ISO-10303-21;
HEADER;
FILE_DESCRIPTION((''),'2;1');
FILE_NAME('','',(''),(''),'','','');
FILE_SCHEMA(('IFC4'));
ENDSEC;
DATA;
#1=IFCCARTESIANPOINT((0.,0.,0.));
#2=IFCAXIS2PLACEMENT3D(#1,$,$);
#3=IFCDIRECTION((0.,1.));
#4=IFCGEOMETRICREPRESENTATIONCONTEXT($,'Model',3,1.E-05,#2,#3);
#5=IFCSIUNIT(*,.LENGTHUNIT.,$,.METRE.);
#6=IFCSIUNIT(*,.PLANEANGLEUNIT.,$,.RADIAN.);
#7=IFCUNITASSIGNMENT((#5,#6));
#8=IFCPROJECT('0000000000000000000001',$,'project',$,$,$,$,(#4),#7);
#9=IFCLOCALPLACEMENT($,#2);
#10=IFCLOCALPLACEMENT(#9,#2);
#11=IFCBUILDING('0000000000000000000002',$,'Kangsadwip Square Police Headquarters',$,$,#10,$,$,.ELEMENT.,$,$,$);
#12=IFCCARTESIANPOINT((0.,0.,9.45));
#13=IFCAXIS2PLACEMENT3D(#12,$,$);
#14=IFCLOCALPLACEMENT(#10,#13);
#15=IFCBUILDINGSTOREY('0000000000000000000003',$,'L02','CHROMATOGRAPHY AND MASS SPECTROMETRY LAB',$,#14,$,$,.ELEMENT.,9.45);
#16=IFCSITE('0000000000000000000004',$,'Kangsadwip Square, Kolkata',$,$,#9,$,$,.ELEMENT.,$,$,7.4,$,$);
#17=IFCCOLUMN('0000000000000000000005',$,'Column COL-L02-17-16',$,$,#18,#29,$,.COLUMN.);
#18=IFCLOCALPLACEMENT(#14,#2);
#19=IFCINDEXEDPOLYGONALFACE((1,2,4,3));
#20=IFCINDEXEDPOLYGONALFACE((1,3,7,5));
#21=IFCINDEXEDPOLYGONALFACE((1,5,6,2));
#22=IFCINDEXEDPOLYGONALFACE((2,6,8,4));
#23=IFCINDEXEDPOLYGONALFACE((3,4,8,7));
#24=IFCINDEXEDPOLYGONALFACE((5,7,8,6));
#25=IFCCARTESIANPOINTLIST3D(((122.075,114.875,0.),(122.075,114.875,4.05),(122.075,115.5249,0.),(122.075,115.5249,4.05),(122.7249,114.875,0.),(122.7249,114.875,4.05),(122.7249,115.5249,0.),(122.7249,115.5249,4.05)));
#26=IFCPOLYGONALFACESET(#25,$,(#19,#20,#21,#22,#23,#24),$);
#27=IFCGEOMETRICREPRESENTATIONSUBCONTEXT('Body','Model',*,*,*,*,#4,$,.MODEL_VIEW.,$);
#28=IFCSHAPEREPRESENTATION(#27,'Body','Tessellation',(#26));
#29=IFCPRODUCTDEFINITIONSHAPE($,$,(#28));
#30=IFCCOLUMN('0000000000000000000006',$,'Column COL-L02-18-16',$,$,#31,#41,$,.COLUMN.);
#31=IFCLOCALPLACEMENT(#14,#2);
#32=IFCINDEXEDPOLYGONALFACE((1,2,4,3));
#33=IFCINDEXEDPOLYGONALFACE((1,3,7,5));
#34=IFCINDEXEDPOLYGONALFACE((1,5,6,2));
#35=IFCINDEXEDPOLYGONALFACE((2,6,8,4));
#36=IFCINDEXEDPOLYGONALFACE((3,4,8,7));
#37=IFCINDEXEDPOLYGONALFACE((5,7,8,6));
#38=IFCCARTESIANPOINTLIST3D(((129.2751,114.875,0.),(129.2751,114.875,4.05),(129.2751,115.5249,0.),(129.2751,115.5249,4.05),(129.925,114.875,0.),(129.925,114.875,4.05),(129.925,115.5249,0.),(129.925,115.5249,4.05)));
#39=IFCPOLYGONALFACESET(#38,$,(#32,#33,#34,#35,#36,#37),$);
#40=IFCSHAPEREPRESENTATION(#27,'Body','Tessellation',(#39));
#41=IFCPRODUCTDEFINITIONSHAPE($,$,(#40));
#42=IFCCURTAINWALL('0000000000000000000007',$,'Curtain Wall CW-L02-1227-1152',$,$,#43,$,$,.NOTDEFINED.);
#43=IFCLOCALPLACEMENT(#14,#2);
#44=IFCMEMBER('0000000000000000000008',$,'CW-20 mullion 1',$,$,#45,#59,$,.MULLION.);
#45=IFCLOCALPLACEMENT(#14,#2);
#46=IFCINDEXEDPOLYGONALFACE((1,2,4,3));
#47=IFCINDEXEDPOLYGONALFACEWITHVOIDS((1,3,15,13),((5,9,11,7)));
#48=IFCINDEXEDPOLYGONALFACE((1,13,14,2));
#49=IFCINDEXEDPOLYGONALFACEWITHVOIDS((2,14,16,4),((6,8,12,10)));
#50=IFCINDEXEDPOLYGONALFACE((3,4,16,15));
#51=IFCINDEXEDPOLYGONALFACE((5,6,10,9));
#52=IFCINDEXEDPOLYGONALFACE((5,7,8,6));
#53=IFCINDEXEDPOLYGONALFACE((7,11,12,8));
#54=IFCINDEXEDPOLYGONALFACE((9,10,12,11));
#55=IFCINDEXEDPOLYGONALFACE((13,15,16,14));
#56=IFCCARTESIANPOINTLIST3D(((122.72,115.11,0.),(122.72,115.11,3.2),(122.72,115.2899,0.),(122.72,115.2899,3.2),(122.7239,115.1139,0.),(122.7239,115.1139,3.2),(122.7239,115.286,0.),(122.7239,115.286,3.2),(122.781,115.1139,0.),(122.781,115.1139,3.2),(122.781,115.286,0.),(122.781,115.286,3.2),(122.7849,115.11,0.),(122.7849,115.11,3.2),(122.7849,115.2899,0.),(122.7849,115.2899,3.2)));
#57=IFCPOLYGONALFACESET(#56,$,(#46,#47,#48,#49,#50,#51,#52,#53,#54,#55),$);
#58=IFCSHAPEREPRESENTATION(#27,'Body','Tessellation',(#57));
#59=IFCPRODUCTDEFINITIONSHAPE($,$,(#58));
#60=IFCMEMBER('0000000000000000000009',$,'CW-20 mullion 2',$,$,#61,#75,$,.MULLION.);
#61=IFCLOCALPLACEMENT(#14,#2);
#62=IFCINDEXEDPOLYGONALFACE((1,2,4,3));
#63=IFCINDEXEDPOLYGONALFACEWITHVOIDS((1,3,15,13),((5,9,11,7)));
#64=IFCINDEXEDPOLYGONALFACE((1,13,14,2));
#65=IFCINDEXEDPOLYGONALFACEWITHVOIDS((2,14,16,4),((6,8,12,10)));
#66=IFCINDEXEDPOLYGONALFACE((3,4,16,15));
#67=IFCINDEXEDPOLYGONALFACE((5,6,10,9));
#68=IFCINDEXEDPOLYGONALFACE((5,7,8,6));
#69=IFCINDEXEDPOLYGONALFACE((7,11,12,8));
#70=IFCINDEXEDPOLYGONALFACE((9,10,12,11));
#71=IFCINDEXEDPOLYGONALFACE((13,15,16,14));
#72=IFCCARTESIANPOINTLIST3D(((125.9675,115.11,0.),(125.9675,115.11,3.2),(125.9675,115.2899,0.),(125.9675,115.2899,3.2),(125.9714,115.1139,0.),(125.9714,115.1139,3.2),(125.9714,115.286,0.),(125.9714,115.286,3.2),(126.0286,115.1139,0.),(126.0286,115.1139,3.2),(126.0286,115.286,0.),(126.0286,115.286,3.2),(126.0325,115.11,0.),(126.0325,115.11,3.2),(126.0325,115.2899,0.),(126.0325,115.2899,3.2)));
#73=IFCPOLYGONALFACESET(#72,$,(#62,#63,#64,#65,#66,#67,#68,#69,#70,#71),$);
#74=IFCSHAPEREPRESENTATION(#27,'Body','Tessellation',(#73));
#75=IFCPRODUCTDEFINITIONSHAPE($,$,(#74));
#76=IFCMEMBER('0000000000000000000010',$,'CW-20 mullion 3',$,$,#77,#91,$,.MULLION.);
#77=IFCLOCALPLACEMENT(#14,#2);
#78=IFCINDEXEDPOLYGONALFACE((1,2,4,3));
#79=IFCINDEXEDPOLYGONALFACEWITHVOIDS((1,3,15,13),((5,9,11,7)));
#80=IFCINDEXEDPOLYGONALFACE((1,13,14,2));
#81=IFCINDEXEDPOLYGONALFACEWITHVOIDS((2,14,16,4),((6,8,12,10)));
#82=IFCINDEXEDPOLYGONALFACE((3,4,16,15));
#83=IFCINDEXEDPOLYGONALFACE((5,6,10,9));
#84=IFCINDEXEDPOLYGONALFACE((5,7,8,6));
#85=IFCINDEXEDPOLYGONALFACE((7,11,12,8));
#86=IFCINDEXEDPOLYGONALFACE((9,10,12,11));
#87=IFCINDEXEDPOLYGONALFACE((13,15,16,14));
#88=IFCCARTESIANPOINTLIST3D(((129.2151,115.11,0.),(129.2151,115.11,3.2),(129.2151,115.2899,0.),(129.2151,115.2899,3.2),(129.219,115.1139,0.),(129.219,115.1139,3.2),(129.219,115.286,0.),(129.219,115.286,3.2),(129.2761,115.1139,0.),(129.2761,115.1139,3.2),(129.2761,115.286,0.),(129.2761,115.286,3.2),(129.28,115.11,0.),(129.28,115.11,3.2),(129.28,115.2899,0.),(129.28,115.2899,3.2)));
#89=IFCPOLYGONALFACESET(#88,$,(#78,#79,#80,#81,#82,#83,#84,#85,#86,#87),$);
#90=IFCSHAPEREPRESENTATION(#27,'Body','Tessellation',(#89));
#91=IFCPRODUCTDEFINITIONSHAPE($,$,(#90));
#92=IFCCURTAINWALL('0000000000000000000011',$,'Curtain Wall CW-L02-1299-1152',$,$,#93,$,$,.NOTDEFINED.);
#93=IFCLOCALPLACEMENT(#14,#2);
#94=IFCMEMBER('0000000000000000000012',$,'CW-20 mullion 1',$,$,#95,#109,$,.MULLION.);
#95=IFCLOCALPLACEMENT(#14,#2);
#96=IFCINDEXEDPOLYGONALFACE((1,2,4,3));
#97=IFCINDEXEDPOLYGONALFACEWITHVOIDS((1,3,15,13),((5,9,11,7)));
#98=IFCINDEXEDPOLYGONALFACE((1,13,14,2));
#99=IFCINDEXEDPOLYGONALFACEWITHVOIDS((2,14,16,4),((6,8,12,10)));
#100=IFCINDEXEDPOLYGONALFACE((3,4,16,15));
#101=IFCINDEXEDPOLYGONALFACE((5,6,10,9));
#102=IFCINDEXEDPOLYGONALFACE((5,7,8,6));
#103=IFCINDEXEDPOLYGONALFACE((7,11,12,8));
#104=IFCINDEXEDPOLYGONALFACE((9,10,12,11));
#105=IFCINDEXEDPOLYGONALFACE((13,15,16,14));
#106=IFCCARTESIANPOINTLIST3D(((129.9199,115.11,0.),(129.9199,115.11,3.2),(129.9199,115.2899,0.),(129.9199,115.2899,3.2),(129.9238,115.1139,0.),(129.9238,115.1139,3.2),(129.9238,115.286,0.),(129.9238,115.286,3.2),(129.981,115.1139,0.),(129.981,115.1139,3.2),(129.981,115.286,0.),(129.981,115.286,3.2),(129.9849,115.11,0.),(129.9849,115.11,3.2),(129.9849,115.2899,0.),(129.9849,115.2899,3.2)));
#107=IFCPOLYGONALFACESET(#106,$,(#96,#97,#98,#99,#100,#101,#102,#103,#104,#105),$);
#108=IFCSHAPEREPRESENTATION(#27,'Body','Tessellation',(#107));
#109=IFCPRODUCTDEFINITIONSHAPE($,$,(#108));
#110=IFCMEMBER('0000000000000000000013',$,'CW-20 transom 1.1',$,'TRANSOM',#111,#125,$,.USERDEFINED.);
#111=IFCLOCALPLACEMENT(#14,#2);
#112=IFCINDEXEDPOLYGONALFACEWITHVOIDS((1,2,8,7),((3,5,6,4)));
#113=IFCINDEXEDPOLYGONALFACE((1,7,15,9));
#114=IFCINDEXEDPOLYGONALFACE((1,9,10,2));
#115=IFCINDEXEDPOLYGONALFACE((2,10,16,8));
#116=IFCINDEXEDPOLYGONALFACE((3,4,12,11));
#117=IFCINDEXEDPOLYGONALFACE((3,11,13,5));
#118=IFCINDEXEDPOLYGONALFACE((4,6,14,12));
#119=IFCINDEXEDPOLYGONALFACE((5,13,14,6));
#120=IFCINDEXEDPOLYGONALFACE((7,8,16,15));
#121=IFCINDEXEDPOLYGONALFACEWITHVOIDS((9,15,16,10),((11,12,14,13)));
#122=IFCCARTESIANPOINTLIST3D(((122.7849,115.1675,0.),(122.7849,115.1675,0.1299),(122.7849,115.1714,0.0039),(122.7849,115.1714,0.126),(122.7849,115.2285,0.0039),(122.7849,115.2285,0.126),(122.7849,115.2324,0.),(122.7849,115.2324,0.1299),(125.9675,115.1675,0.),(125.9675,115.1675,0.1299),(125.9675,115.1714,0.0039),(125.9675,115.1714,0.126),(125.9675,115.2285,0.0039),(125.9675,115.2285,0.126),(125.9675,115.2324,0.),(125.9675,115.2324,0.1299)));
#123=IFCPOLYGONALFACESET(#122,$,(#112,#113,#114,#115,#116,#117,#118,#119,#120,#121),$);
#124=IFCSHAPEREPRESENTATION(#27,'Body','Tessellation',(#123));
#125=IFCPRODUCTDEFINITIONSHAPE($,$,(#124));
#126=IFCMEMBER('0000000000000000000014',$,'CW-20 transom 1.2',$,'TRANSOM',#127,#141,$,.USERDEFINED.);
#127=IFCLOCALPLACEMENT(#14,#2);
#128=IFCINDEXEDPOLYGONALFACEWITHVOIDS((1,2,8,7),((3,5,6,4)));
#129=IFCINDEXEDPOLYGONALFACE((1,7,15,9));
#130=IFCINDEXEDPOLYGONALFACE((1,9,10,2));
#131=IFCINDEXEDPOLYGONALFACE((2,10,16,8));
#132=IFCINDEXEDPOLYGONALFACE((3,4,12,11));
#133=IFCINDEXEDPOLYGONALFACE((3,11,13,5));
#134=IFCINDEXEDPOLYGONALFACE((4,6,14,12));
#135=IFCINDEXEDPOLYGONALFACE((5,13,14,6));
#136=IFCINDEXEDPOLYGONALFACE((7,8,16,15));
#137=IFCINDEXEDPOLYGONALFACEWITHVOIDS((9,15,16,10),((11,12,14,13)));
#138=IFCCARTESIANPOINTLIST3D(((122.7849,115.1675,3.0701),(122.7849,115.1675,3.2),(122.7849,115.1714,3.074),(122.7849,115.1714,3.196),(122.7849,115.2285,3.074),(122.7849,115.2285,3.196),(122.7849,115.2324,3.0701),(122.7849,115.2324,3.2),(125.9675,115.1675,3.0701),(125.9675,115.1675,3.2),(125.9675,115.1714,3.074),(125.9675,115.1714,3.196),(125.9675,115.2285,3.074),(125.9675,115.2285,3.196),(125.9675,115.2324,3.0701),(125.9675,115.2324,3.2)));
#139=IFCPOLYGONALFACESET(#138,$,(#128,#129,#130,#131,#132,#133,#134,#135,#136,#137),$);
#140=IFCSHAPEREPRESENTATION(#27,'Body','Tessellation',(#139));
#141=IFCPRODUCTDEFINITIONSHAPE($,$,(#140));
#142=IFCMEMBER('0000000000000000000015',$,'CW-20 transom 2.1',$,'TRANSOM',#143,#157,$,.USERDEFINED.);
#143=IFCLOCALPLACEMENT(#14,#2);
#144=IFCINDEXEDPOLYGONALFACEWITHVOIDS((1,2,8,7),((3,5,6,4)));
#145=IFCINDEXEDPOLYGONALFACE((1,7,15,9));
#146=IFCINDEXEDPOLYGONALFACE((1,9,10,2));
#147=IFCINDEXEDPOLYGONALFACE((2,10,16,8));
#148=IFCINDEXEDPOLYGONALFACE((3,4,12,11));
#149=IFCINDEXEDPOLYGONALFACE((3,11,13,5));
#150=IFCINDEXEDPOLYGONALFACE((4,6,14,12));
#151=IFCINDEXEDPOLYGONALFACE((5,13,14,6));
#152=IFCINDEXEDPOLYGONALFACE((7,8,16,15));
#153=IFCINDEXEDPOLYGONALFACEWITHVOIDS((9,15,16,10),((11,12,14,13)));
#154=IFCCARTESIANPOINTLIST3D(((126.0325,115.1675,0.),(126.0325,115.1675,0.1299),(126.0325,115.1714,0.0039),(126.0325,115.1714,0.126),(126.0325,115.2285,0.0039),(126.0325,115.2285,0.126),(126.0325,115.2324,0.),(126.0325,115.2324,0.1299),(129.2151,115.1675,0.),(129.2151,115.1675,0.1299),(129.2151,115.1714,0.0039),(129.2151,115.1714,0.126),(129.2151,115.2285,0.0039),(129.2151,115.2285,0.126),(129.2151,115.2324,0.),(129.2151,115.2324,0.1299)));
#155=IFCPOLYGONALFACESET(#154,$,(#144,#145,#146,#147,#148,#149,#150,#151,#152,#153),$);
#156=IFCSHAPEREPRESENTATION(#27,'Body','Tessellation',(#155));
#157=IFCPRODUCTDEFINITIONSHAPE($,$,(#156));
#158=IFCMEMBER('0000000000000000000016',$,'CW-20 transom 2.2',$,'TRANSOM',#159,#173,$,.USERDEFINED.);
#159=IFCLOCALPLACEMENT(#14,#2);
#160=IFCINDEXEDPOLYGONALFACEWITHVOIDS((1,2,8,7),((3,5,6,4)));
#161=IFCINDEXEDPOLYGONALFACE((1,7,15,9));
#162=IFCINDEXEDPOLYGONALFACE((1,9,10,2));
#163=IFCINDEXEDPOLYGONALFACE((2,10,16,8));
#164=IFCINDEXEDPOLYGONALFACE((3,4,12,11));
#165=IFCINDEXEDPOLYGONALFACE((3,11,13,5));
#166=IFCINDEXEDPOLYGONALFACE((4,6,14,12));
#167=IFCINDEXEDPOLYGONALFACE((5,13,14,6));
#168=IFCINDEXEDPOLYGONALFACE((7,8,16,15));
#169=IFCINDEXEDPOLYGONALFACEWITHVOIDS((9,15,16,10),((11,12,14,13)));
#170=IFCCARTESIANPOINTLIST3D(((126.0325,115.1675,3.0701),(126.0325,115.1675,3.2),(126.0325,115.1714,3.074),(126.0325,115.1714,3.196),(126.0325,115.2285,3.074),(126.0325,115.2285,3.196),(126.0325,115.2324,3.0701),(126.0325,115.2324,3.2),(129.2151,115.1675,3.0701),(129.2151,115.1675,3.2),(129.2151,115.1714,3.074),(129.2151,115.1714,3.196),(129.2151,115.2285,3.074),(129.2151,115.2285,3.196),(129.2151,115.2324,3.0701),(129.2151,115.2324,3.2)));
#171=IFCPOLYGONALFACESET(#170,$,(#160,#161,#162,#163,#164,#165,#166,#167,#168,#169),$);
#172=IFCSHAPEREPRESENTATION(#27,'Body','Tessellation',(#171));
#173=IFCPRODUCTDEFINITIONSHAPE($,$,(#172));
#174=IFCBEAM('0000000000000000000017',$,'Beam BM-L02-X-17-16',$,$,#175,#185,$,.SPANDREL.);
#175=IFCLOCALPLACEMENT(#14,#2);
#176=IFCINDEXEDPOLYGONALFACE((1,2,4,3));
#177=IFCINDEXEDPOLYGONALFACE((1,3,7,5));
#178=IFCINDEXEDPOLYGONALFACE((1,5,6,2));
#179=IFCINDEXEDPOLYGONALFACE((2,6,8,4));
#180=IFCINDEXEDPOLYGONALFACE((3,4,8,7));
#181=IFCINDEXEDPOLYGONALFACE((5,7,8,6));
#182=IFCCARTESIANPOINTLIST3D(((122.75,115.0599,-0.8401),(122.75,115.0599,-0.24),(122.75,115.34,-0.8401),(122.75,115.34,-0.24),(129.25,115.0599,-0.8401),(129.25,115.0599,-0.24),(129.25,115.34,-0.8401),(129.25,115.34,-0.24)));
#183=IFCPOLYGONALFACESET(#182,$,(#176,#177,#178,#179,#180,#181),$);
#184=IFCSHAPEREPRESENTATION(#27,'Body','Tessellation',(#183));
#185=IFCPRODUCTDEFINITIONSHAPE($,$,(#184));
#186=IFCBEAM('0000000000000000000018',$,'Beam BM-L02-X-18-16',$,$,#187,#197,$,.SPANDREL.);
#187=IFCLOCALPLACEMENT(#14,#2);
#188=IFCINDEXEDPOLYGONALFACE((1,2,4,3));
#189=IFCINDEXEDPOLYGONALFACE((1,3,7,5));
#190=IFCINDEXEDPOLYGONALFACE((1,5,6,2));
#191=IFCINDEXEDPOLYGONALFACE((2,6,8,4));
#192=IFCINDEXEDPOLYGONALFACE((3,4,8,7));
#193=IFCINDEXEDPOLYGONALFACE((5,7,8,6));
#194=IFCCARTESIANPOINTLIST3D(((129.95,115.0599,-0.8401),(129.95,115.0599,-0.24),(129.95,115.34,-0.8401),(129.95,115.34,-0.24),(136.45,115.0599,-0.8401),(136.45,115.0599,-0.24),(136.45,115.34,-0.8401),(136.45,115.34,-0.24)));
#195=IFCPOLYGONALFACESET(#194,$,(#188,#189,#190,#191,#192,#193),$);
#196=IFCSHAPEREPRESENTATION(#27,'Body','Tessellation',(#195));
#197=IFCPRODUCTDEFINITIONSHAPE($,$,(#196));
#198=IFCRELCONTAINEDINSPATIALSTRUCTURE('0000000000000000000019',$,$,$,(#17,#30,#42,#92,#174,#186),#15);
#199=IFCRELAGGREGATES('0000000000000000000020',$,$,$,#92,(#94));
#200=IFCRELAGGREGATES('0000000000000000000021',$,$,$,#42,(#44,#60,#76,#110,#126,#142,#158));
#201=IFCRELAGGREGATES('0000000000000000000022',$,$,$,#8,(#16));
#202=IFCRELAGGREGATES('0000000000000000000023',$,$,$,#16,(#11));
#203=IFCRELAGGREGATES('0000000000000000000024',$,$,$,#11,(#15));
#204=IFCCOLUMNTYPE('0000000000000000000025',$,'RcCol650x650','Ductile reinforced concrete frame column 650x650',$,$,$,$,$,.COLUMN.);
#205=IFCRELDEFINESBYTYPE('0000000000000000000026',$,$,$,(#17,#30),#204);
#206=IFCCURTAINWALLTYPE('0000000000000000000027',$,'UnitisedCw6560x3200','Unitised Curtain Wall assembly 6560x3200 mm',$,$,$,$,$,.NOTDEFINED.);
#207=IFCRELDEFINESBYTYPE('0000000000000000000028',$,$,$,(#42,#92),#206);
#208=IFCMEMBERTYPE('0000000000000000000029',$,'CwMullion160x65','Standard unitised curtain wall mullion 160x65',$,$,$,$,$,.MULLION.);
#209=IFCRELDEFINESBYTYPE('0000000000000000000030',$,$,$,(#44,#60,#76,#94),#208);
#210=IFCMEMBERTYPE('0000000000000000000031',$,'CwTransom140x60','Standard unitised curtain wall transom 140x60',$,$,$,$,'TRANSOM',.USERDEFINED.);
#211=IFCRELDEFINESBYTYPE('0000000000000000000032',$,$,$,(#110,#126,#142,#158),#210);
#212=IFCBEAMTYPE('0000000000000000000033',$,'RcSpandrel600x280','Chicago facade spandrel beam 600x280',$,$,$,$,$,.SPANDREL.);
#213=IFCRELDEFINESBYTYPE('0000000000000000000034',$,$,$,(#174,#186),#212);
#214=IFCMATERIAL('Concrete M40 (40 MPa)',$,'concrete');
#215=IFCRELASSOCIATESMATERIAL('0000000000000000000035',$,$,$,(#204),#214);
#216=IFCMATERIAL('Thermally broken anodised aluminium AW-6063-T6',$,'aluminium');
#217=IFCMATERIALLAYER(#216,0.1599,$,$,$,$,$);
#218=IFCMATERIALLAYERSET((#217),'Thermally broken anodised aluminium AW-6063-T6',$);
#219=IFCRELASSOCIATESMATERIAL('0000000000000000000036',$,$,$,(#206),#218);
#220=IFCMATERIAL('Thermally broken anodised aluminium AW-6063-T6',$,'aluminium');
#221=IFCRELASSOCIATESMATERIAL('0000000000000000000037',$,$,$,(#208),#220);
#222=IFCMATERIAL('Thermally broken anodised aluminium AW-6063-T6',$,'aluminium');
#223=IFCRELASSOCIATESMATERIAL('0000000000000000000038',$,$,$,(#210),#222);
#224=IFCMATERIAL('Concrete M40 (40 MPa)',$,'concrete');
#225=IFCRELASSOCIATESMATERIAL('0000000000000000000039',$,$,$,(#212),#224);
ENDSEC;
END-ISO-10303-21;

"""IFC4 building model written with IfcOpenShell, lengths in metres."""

from ifc_helpers import new_model, si_unit, direction, frame, origin, origin_2d, place, context, subcontext, project, spatial, rectangle, hollow_rectangle, extrude, material, layer, layer_set, material_profile, profile_set, type_object, element, aggregate, save


model = new_model("IFC4")

# Units and contexts
model_context = context("Model", 3, precision=1e-05, world=origin(), true_north=direction((0.0, 1.0)))
body_context = subcontext(model_context, "Body", "Model", "MODEL_VIEW")
ifc_project = project(units=[si_unit("LENGTHUNIT", "METRE"), si_unit("PLANEANGLEUNIT", "RADIAN")], contexts=[model_context])

# Site, building, storey
site_placement = place(None, origin())
site = spatial("IfcSite", under=ifc_project, at=site_placement, Name="Kangsadwip Square, Kolkata", CompositionType="ELEMENT", RefElevation=7.4)
building_placement = place(site_placement, origin())
building = spatial("IfcBuilding", under=site, at=building_placement, Name="Kangsadwip Square Police Headquarters", CompositionType="ELEMENT")
storey_placement = place(building_placement, frame((0.0, 0.0, 9.45)))
storey = spatial("IfcBuildingStorey", under=building, at=storey_placement, Name="L02", Description="CHROMATOGRAPHY AND MASS SPECTROMETRY LAB", CompositionType="ELEMENT", Elevation=9.45)

# Columns
ifc_material_1 = material(Name="Concrete M40 (40 MPa)", Category="concrete")
ifc_material_profile_1 = material_profile(ifc_material_1, rectangle(XDim=0.6499, YDim=0.6499, at=origin_2d()), Name="RC COL 650X650")
ifc_profile_set_1 = profile_set([ifc_material_profile_1], Name="Concrete M40 (40 MPa)")
column_type = type_object("IfcColumnType", Name="RcCol650x650", Description="Ductile reinforced concrete frame column 650x650", PredefinedType="COLUMN", material=ifc_profile_set_1)
for number, where, z_axis, x_axis, name in (
    (1, (122.3999, 115.2, 0.0), (0.0, 0.0, 1.0), (1.0, 0.0, 0.0), "Column COL-L02-17-16"),
    (2, (129.6001, 115.2, 0.0), (0.0, 0.0, 1.0), (1.0, 0.0, 0.0), "Column COL-L02-18-16"),
):
    element("IfcColumn", number, at=place(storey_placement, frame(where, z_axis=z_axis, x_axis=x_axis)), inside=storey, type_object=column_type, Name=name, PredefinedType="COLUMN", context=body_context, shape_type="SweptSolid", body=[
        extrude(rectangle(XDim=0.6499, YDim=0.6499, at=origin_2d()), origin(), (0.0, 0.0, 1.0), 4.05),
    ])

# Curtain wall, members
ifc_material_2 = material(Name="Thermally broken anodised aluminium AW-6063-T6", Category="aluminium")
ifc_layer_1 = layer(ifc_material_2, 0.1599)
ifc_layer_set_1 = layer_set([ifc_layer_1], Name="Thermally broken anodised aluminium AW-6063-T6")
curtain_wall_type = type_object("IfcCurtainWallType", Name="UnitisedCw6560x3200", Description="Unitised Curtain Wall assembly 6560x3200 mm", PredefinedType="NOTDEFINED", material=ifc_layer_set_1)
curtain_wall_1_placement = place(storey_placement, origin())
curtain_wall_1 = element("IfcCurtainWall", 3, at=curtain_wall_1_placement, inside=storey, type_object=curtain_wall_type, Name="Curtain Wall CW-L02-1227-1152", PredefinedType="NOTDEFINED")
ifc_material_3 = material(Name="Thermally broken anodised aluminium AW-6063-T6", Category="aluminium")
ifc_material_profile_2 = material_profile(ifc_material_3, hollow_rectangle(XDim=0.0649, YDim=0.1799, WallThickness=0.0039, at=origin_2d()), Name="CWM 180X65X4")
ifc_profile_set_2 = profile_set([ifc_material_profile_2], Name="Thermally broken anodised aluminium AW-6063-T6")
member_type_1 = type_object("IfcMemberType", Name="CwMullion160x65", Description="Standard unitised curtain wall mullion 160x65", PredefinedType="MULLION", material=ifc_profile_set_2)
member_1_placement = place(storey_placement, frame((122.7524, 115.2, 0.0), z_axis=(0.0, 0.0, 1.0), x_axis=(1.0, 0.0, 0.0)))
member_1 = element("IfcMember", 4, at=member_1_placement, type_object=member_type_1, Name="CW-20 mullion 1", PredefinedType="MULLION", context=body_context, shape_type="SweptSolid", body=[
    extrude(hollow_rectangle(XDim=0.0649, YDim=0.1799, WallThickness=0.0039, at=origin_2d()), origin(), (0.0, 0.0, 1.0), 3.2),
])
member_2_placement = place(storey_placement, frame((126.0, 115.2, 0.0), z_axis=(0.0, 0.0, 1.0), x_axis=(1.0, 0.0, 0.0)))
member_2 = element("IfcMember", 5, at=member_2_placement, type_object=member_type_1, Name="CW-20 mullion 2", PredefinedType="MULLION", context=body_context, shape_type="SweptSolid", body=[
    extrude(hollow_rectangle(XDim=0.0649, YDim=0.1799, WallThickness=0.0039, at=origin_2d()), origin(), (0.0, 0.0, 1.0), 3.2),
])
member_3_placement = place(storey_placement, frame((129.2476, 115.2, 0.0), z_axis=(0.0, 0.0, 1.0), x_axis=(1.0, 0.0, 0.0)))
member_3 = element("IfcMember", 6, at=member_3_placement, type_object=member_type_1, Name="CW-20 mullion 3", PredefinedType="MULLION", context=body_context, shape_type="SweptSolid", body=[
    extrude(hollow_rectangle(XDim=0.0649, YDim=0.1799, WallThickness=0.0039, at=origin_2d()), origin(), (0.0, 0.0, 1.0), 3.2),
])

# Curtain wall, member
curtain_wall_2_placement = place(storey_placement, origin())
curtain_wall_2 = element("IfcCurtainWall", 7, at=curtain_wall_2_placement, inside=storey, type_object=curtain_wall_type, Name="Curtain Wall CW-L02-1299-1152", PredefinedType="NOTDEFINED")
member_4_placement = place(storey_placement, frame((129.9524, 115.2, 0.0), z_axis=(0.0, 0.0, 1.0), x_axis=(1.0, 0.0, 0.0)))
member_4 = element("IfcMember", 8, at=member_4_placement, type_object=member_type_1, Name="CW-20 mullion 1", PredefinedType="MULLION", context=body_context, shape_type="SweptSolid", body=[
    extrude(hollow_rectangle(XDim=0.0649, YDim=0.1799, WallThickness=0.0039, at=origin_2d()), origin(), (0.0, 0.0, 1.0), 3.2),
])
aggregate(curtain_wall_2, [member_4])

# Members
ifc_material_4 = material(Name="Thermally broken anodised aluminium AW-6063-T6", Category="aluminium")
ifc_material_profile_3 = material_profile(ifc_material_4, hollow_rectangle(XDim=0.0649, YDim=0.1299, WallThickness=0.0039, at=origin_2d()), Name="CWT 130X65X4")
ifc_profile_set_3 = profile_set([ifc_material_profile_3], Name="Thermally broken anodised aluminium AW-6063-T6")
member_type_2 = type_object("IfcMemberType", Name="CwTransom140x60", Description="Standard unitised curtain wall transom 140x60", ElementType="TRANSOM", PredefinedType="USERDEFINED", material=ifc_profile_set_3)
member_5_placement = place(storey_placement, frame((122.7849, 115.2, 0.0649), z_axis=(1.0, 0.0, 0.0), x_axis=(0.0, 1.0, 0.0)))
member_5 = element("IfcMember", 9, at=member_5_placement, type_object=member_type_2, Name="CW-20 transom 1.1", ObjectType="TRANSOM", PredefinedType="USERDEFINED", context=body_context, shape_type="SweptSolid", body=[
    extrude(hollow_rectangle(XDim=0.0649, YDim=0.1299, WallThickness=0.0039, at=origin_2d()), origin(), (0.0, 0.0, 1.0), 3.1826),
])
member_6_placement = place(storey_placement, frame((122.7849, 115.2, 3.135), z_axis=(1.0, 0.0, 0.0), x_axis=(0.0, 1.0, 0.0)))
member_6 = element("IfcMember", 10, at=member_6_placement, type_object=member_type_2, Name="CW-20 transom 1.2", ObjectType="TRANSOM", PredefinedType="USERDEFINED", context=body_context, shape_type="SweptSolid", body=[
    extrude(hollow_rectangle(XDim=0.0649, YDim=0.1299, WallThickness=0.0039, at=origin_2d()), origin(), (0.0, 0.0, 1.0), 3.1826),
])
member_7_placement = place(storey_placement, frame((126.0325, 115.2, 0.0649), z_axis=(1.0, 0.0, 0.0), x_axis=(0.0, 1.0, 0.0)))
member_7 = element("IfcMember", 11, at=member_7_placement, type_object=member_type_2, Name="CW-20 transom 2.1", ObjectType="TRANSOM", PredefinedType="USERDEFINED", context=body_context, shape_type="SweptSolid", body=[
    extrude(hollow_rectangle(XDim=0.0649, YDim=0.1299, WallThickness=0.0039, at=origin_2d()), origin(), (0.0, 0.0, 1.0), 3.1826),
])
member_8_placement = place(storey_placement, frame((126.0325, 115.2, 3.135), z_axis=(1.0, 0.0, 0.0), x_axis=(0.0, 1.0, 0.0)))
member_8 = element("IfcMember", 12, at=member_8_placement, type_object=member_type_2, Name="CW-20 transom 2.2", ObjectType="TRANSOM", PredefinedType="USERDEFINED", context=body_context, shape_type="SweptSolid", body=[
    extrude(hollow_rectangle(XDim=0.0649, YDim=0.1299, WallThickness=0.0039, at=origin_2d()), origin(), (0.0, 0.0, 1.0), 3.1826),
])

# Beams
ifc_material_5 = material(Name="Concrete M40 (40 MPa)", Category="concrete")
ifc_material_profile_4 = material_profile(ifc_material_5, rectangle(XDim=0.28, YDim=0.6001, at=origin_2d()), Name="RC SPN 600X280")
ifc_profile_set_4 = profile_set([ifc_material_profile_4], Name="Concrete M40 (40 MPa)")
beam_type_1 = type_object("IfcBeamType", Name="RcSpandrel600x280", Description="Chicago facade spandrel beam 600x280", PredefinedType="SPANDREL", material=ifc_profile_set_4)
for number, where, z_axis, x_axis, name in (
    (13, (122.75, 115.2, -0.54), (1.0, 0.0, 0.0), (0.0, 1.0, 0.0), "Beam BM-L02-X-17-16"),
    (14, (129.95, 115.2, -0.54), (1.0, 0.0, 0.0), (0.0, 1.0, 0.0), "Beam BM-L02-X-18-16"),
):
    element("IfcBeam", number, at=place(storey_placement, frame(where, z_axis=z_axis, x_axis=x_axis)), inside=storey, type_object=beam_type_1, Name=name, PredefinedType="SPANDREL", context=body_context, shape_type="SweptSolid", body=[
        extrude(rectangle(XDim=0.28, YDim=0.6001, at=origin_2d()), origin(), (0.0, 0.0, 1.0), 6.5),
    ])

aggregate(curtain_wall_1, [member_1, member_2, member_3, member_5, member_6, member_7, member_8])

save(model, "model.ifc")
